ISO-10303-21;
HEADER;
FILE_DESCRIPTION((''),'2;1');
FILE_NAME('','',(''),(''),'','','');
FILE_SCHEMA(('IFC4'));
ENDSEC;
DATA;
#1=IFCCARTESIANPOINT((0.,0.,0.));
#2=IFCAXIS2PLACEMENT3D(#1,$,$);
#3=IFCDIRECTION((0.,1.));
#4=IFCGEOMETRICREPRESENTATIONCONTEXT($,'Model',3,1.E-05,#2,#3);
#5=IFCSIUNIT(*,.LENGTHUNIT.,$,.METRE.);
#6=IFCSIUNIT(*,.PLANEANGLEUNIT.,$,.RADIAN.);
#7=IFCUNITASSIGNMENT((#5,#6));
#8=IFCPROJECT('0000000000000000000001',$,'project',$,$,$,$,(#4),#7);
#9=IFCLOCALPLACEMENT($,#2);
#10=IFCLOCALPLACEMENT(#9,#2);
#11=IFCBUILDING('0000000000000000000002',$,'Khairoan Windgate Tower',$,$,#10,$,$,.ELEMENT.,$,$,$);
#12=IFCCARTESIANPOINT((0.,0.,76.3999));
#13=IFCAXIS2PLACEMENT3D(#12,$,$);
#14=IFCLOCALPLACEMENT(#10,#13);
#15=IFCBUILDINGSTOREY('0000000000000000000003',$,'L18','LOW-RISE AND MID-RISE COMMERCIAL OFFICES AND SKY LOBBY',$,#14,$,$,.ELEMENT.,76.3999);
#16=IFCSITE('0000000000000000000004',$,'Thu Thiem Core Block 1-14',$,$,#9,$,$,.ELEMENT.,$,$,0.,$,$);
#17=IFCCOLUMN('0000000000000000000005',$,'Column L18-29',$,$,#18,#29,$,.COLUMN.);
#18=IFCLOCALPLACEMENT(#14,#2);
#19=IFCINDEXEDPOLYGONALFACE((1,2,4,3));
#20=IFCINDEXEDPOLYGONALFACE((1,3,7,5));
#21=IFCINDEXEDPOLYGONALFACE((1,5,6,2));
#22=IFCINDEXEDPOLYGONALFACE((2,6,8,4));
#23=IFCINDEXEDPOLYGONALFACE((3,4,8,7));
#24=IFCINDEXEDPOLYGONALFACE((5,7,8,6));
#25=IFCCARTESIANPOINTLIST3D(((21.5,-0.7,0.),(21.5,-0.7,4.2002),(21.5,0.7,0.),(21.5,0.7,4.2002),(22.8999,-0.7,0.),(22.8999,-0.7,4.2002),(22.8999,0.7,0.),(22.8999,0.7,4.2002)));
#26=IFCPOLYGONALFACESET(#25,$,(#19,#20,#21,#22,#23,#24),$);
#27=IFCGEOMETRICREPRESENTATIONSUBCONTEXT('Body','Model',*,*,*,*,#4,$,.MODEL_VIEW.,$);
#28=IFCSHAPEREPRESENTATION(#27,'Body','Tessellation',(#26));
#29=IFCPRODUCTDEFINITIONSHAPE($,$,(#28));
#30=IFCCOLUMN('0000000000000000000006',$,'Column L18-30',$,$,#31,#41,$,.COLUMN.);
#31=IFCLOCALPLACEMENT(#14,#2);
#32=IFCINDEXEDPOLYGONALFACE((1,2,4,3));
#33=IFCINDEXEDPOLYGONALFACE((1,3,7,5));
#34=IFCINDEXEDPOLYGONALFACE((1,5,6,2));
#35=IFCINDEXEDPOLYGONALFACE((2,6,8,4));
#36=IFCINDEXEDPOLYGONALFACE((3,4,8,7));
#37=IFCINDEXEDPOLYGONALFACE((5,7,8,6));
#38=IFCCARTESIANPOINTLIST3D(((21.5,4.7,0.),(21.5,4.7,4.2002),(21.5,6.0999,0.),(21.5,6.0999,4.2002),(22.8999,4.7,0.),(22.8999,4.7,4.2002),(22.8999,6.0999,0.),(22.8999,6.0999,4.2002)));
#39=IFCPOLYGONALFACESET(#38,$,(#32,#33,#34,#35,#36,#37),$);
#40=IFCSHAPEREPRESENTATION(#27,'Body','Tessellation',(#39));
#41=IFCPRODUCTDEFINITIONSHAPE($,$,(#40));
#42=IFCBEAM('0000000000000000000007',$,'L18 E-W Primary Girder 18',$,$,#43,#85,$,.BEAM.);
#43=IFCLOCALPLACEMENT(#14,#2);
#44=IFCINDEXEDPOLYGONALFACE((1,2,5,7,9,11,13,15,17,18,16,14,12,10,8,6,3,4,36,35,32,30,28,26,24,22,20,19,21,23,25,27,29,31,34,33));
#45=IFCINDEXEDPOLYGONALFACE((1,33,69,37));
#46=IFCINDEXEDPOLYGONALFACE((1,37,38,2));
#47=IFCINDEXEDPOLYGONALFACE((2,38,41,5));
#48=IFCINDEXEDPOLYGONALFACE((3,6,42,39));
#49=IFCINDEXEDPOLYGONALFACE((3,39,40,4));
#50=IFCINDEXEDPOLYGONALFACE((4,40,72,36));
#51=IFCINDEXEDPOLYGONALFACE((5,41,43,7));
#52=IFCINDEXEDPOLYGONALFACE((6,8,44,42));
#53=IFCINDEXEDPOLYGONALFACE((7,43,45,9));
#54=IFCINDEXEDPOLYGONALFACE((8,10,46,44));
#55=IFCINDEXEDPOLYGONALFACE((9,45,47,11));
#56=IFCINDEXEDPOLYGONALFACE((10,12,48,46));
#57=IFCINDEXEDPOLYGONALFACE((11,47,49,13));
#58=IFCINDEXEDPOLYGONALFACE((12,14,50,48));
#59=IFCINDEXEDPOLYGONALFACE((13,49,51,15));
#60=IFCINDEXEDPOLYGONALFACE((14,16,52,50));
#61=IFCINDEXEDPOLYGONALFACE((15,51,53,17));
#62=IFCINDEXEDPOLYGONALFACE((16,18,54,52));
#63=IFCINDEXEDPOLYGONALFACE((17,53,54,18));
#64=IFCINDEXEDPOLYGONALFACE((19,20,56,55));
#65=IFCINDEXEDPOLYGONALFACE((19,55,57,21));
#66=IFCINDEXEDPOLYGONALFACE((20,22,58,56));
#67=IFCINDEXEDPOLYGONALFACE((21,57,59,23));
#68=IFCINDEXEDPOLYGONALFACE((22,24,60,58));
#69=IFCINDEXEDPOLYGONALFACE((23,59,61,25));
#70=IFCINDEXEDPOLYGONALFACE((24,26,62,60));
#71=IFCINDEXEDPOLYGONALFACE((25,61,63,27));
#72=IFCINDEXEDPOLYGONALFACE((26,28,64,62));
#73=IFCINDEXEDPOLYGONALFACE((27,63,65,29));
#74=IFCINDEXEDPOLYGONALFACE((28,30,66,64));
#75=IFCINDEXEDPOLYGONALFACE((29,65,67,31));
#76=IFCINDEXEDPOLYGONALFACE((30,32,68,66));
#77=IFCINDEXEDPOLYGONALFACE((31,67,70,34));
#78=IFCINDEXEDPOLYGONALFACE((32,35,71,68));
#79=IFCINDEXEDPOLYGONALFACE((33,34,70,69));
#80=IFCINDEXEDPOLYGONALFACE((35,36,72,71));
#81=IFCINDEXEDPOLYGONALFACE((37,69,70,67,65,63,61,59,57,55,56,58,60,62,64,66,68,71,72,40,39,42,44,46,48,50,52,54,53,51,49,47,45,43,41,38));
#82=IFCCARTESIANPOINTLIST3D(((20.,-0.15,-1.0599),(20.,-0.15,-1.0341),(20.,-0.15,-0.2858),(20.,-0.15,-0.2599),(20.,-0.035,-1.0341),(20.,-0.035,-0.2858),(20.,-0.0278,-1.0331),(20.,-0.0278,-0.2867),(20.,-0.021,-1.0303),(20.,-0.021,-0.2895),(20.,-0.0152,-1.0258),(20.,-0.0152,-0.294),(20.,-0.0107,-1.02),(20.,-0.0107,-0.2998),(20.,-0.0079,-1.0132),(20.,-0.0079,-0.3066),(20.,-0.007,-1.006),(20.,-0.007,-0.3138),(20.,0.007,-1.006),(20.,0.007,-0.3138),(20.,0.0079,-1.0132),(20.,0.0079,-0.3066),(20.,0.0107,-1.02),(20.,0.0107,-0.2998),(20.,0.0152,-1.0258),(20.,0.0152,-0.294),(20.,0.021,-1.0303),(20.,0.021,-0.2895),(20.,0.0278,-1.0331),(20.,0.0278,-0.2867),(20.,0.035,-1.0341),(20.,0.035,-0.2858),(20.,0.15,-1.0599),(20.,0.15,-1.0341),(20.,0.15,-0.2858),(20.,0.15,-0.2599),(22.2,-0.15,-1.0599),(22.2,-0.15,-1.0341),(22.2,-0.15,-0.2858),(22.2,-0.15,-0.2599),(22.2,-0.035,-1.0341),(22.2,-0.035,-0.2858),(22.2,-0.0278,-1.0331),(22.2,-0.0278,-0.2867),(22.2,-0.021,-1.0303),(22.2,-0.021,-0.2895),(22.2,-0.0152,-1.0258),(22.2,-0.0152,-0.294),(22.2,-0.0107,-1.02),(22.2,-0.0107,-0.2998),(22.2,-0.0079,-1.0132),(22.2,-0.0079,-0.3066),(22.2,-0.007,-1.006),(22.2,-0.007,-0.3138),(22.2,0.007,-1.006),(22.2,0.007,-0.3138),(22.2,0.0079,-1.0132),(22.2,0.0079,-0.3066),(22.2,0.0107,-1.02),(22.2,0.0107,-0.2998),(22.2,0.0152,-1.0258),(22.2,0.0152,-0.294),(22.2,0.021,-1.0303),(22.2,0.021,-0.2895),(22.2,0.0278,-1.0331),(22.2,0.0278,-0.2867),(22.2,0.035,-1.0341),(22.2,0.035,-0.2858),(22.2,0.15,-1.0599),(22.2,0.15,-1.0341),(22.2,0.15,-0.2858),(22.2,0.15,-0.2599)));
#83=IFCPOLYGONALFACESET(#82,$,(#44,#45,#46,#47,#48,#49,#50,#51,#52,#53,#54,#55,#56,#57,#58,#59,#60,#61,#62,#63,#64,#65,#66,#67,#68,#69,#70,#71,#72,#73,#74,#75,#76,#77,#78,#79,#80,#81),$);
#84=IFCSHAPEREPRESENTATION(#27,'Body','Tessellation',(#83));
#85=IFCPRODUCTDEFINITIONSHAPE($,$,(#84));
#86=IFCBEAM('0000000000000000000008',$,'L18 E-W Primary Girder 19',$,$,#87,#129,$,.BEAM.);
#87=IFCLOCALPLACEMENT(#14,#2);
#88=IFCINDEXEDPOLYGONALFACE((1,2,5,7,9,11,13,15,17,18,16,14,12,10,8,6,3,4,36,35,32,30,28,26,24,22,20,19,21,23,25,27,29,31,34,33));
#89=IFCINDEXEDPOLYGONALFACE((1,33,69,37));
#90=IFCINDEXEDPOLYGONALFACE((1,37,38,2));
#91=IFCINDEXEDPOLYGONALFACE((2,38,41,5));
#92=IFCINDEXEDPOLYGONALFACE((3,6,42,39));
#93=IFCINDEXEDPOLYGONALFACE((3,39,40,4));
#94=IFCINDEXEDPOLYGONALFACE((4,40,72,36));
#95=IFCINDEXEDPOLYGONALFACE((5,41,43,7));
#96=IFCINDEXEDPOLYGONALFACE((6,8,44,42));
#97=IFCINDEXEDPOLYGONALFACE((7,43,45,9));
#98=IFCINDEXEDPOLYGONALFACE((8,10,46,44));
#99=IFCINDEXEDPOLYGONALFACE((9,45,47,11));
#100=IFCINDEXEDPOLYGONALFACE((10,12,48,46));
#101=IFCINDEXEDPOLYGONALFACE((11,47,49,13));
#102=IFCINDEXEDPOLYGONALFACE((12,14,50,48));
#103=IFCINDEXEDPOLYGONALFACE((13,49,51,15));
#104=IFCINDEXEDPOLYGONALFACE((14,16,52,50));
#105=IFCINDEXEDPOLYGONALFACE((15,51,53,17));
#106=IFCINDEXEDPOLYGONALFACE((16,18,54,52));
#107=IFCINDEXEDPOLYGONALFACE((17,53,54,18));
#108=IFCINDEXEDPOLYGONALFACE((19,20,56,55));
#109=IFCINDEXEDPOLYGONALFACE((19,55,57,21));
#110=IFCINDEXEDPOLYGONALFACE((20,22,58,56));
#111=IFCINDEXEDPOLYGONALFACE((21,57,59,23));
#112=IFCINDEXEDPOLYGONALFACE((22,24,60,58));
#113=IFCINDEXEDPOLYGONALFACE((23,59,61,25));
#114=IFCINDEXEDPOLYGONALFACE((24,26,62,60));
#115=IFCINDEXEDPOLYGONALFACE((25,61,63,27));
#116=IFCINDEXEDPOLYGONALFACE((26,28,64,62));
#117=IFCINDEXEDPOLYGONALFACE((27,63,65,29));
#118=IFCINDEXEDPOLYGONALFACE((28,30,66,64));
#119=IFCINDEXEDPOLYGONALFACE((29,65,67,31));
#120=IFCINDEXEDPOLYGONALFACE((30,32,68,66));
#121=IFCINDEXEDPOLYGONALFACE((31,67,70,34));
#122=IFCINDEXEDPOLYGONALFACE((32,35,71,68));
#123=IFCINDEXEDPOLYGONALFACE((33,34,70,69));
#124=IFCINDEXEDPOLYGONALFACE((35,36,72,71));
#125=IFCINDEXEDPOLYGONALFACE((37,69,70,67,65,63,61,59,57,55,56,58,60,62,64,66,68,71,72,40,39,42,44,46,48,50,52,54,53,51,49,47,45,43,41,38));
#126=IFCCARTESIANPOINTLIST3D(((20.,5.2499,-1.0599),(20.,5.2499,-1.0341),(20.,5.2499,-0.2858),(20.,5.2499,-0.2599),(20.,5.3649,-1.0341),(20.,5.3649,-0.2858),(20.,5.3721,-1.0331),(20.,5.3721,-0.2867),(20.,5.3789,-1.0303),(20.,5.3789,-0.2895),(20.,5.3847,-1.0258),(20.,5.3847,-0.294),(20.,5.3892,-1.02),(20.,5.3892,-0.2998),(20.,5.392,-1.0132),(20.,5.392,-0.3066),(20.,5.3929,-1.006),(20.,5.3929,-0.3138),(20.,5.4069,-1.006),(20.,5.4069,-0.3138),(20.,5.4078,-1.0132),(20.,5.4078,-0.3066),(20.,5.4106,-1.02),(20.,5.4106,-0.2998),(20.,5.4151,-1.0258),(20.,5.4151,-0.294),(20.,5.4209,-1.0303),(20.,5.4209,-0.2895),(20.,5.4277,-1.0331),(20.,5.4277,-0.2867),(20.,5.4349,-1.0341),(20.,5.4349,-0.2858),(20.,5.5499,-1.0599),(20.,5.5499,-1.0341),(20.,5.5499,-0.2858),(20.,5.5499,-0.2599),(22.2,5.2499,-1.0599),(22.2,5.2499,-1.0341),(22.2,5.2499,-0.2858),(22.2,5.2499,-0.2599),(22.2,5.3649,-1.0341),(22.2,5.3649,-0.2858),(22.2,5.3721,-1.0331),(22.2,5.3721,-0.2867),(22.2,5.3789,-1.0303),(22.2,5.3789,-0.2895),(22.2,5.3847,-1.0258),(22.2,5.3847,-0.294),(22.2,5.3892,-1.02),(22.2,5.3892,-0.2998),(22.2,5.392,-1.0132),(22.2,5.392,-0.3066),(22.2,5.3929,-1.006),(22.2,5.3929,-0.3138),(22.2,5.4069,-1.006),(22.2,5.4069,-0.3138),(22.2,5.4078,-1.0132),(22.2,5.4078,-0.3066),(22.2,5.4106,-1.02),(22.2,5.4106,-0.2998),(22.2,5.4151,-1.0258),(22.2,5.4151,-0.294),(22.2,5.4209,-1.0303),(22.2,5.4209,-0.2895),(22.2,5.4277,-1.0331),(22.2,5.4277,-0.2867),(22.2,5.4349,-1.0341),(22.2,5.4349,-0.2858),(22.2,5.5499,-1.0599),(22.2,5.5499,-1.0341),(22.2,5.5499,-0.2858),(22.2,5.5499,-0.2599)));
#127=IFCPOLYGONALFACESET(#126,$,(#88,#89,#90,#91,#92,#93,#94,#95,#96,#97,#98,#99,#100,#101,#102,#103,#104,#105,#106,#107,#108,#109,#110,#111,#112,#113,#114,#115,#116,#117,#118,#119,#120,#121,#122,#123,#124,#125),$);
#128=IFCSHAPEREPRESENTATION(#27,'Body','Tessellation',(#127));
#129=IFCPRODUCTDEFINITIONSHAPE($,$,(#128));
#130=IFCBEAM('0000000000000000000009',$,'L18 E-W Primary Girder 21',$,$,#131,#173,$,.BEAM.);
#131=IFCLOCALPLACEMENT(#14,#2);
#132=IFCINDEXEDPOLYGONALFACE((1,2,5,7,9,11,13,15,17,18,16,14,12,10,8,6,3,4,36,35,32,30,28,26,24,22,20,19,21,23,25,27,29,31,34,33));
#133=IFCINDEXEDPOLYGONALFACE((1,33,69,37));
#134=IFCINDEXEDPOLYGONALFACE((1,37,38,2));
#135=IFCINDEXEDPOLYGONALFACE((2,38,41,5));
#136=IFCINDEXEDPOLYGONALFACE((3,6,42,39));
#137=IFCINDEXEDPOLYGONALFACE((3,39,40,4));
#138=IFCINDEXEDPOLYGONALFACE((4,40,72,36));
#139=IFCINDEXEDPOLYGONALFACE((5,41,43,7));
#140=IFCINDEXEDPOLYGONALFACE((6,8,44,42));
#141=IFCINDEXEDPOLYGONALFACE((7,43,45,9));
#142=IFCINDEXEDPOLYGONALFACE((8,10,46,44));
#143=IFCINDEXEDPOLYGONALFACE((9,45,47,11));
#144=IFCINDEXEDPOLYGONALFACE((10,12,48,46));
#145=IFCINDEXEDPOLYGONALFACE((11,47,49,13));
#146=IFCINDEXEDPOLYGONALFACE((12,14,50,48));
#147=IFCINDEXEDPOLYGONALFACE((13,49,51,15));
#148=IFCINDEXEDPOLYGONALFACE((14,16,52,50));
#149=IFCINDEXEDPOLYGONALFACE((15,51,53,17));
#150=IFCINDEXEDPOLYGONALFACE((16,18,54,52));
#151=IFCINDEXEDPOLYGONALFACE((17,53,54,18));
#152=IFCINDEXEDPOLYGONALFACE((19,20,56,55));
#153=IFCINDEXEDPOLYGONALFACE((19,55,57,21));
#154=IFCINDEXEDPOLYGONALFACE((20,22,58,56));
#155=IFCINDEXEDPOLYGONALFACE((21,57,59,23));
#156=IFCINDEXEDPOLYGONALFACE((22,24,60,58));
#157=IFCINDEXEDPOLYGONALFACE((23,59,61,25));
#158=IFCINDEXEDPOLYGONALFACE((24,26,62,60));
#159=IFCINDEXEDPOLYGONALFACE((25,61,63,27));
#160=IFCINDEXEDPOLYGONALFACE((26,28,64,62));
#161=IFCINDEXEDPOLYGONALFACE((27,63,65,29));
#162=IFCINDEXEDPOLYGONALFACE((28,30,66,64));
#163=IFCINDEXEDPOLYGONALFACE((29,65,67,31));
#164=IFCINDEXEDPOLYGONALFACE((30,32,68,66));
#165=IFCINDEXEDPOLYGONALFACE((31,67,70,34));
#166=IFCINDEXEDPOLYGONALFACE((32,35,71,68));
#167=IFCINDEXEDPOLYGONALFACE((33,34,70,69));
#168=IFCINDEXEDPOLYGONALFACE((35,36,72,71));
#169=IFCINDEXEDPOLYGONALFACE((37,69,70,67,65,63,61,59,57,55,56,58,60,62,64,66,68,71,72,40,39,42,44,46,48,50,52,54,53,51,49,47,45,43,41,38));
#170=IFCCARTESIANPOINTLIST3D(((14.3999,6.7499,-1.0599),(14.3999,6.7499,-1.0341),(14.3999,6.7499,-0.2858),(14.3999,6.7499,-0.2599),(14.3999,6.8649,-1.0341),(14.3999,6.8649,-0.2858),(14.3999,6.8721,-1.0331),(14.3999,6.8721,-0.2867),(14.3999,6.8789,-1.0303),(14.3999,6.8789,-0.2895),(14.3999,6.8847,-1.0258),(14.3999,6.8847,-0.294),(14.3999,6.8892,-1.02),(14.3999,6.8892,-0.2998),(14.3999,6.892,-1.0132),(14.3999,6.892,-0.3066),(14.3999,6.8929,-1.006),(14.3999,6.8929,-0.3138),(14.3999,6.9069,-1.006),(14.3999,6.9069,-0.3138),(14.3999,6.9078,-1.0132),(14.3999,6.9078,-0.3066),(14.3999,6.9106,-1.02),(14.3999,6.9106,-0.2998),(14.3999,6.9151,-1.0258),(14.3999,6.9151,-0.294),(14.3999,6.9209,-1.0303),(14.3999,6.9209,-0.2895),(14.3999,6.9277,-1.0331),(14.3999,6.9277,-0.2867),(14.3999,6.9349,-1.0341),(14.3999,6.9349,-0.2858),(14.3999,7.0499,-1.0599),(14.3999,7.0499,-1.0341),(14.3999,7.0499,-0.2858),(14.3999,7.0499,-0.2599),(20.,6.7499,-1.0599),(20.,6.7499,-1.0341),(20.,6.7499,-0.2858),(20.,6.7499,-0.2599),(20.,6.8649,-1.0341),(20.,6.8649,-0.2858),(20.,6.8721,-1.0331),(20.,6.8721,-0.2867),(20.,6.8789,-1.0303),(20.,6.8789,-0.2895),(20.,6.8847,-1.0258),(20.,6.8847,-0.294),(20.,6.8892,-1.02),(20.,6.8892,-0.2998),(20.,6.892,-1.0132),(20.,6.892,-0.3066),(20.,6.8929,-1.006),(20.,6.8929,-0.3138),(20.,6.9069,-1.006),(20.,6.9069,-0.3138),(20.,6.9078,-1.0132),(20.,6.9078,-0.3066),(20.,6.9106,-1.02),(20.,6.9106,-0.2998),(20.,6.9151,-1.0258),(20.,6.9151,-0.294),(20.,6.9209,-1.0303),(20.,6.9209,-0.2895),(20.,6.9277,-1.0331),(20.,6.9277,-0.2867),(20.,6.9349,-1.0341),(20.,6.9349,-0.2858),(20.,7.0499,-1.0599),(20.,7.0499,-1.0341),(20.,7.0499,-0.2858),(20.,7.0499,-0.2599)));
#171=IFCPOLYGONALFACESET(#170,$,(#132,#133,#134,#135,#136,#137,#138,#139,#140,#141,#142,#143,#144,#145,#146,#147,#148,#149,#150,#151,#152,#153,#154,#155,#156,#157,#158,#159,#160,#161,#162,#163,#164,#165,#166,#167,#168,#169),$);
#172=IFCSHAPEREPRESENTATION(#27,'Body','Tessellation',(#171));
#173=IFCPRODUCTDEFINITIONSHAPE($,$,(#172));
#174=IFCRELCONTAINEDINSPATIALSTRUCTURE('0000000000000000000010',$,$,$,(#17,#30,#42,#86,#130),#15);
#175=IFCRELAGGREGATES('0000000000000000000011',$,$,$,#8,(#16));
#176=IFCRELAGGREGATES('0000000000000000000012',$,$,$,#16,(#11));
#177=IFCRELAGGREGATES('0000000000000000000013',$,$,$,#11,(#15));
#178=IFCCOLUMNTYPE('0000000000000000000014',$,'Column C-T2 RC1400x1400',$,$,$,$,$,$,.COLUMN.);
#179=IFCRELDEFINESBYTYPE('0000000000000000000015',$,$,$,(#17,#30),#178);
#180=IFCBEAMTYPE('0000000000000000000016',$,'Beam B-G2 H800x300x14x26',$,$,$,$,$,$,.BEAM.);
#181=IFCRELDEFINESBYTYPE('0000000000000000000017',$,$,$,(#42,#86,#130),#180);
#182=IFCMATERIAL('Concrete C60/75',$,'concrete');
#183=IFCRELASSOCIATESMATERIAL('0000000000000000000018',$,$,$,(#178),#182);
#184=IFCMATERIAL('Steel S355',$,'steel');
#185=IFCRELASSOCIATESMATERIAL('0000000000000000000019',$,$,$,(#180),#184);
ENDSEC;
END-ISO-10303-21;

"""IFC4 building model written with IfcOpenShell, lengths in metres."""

from ifc_helpers import new_model, si_unit, direction, frame, origin, origin_2d, place, context, subcontext, project, spatial, rectangle, i_section, extrude, material, material_profile, profile_set, type_object, element, save


model = new_model("IFC4")

# Units and contexts
model_context = context("Model", 3, precision=1e-05, world=origin(), true_north=direction((0.0, 1.0)))
body_context = subcontext(model_context, "Body", "Model", "MODEL_VIEW")
ifc_project = project(units=[si_unit("LENGTHUNIT", "METRE"), si_unit("PLANEANGLEUNIT", "RADIAN")], contexts=[model_context])

# Site, building, storey
site_placement = place(None, origin())
site = spatial("IfcSite", under=ifc_project, at=site_placement, Name="Thu Thiem Core Block 1-14", CompositionType="ELEMENT", RefElevation=0.0)
building_placement = place(site_placement, origin())
building = spatial("IfcBuilding", under=site, at=building_placement, Name="Khairoan Windgate Tower", CompositionType="ELEMENT")
storey_placement = place(building_placement, frame((0.0, 0.0, 76.3999)))
storey = spatial("IfcBuildingStorey", under=building, at=storey_placement, Name="L18", Description="LOW-RISE AND MID-RISE COMMERCIAL OFFICES AND SKY LOBBY", CompositionType="ELEMENT", Elevation=76.3999)

# Columns
ifc_material_1 = material(Name="Concrete C60/75", Category="concrete")
ifc_material_profile_1 = material_profile(ifc_material_1, rectangle(XDim=1.3999, YDim=1.3999, at=origin_2d()))
ifc_profile_set_1 = profile_set([ifc_material_profile_1], Name="Concrete C60/75")
column_type = type_object("IfcColumnType", Name="Column C-T2 RC1400x1400", PredefinedType="COLUMN", material=ifc_profile_set_1)
for number, where, z_axis, x_axis, name in (
    (1, (22.2, 0.0, 0.0), (0.0, 0.0, 1.0), (1.0, 0.0, 0.0), "Column L18-29"),
    (2, (22.2, 5.3999, 0.0), (0.0, 0.0, 1.0), (1.0, 0.0, 0.0), "Column L18-30"),
):
    element("IfcColumn", number, at=place(storey_placement, frame(where, z_axis=z_axis, x_axis=x_axis)), inside=storey, type_object=column_type, Name=name, PredefinedType="COLUMN", context=body_context, shape_type="SweptSolid", body=[
        extrude(rectangle(XDim=1.3999, YDim=1.3999, at=origin_2d()), origin(), (0.0, 0.0, 1.0), 4.2002),
    ])

# Beams
ifc_material_2 = material(Name="Steel S355", Category="steel")
ifc_material_profile_2 = material_profile(ifc_material_2, i_section(OverallWidth=0.3, OverallDepth=0.8, WebThickness=0.0139, FlangeThickness=0.0259, FilletRadius=0.0281, at=origin_2d()))
ifc_profile_set_2 = profile_set([ifc_material_profile_2], Name="Steel S355")
beam_type_1 = type_object("IfcBeamType", Name="Beam B-G2 H800x300x14x26", PredefinedType="BEAM", material=ifc_profile_set_2)
for number, where, z_axis, x_axis, name in (
    (3, (20.0, 0.0, -0.6599), (1.0, 0.0, 0.0), (0.0, 1.0, 0.0), "L18 E-W Primary Girder 18"),
    (4, (20.0, 5.3999, -0.6599), (1.0, 0.0, 0.0), (0.0, 1.0, 0.0), "L18 E-W Primary Girder 19"),
):
    element("IfcBeam", number, at=place(storey_placement, frame(where, z_axis=z_axis, x_axis=x_axis)), inside=storey, type_object=beam_type_1, Name=name, PredefinedType="BEAM", context=body_context, shape_type="SweptSolid", body=[
        extrude(i_section(OverallWidth=0.3, OverallDepth=0.8, WebThickness=0.0139, FlangeThickness=0.0259, FilletRadius=0.0281, at=origin_2d()), origin(), (0.0, 0.0, 1.0), 2.2),
    ])
beam_1_placement = place(storey_placement, frame((14.3999, 6.8999, -0.6599), z_axis=(1.0, 0.0, 0.0), x_axis=(0.0, 1.0, 0.0)))
element("IfcBeam", 5, at=beam_1_placement, inside=storey, type_object=beam_type_1, Name="L18 E-W Primary Girder 21", PredefinedType="BEAM", context=body_context, shape_type="SweptSolid", body=[
    extrude(i_section(OverallWidth=0.3, OverallDepth=0.8, WebThickness=0.0139, FlangeThickness=0.0259, FilletRadius=0.0281, at=origin_2d()), origin(), (0.0, 0.0, 1.0), 5.6001),
])

save(model, "model.ifc")
